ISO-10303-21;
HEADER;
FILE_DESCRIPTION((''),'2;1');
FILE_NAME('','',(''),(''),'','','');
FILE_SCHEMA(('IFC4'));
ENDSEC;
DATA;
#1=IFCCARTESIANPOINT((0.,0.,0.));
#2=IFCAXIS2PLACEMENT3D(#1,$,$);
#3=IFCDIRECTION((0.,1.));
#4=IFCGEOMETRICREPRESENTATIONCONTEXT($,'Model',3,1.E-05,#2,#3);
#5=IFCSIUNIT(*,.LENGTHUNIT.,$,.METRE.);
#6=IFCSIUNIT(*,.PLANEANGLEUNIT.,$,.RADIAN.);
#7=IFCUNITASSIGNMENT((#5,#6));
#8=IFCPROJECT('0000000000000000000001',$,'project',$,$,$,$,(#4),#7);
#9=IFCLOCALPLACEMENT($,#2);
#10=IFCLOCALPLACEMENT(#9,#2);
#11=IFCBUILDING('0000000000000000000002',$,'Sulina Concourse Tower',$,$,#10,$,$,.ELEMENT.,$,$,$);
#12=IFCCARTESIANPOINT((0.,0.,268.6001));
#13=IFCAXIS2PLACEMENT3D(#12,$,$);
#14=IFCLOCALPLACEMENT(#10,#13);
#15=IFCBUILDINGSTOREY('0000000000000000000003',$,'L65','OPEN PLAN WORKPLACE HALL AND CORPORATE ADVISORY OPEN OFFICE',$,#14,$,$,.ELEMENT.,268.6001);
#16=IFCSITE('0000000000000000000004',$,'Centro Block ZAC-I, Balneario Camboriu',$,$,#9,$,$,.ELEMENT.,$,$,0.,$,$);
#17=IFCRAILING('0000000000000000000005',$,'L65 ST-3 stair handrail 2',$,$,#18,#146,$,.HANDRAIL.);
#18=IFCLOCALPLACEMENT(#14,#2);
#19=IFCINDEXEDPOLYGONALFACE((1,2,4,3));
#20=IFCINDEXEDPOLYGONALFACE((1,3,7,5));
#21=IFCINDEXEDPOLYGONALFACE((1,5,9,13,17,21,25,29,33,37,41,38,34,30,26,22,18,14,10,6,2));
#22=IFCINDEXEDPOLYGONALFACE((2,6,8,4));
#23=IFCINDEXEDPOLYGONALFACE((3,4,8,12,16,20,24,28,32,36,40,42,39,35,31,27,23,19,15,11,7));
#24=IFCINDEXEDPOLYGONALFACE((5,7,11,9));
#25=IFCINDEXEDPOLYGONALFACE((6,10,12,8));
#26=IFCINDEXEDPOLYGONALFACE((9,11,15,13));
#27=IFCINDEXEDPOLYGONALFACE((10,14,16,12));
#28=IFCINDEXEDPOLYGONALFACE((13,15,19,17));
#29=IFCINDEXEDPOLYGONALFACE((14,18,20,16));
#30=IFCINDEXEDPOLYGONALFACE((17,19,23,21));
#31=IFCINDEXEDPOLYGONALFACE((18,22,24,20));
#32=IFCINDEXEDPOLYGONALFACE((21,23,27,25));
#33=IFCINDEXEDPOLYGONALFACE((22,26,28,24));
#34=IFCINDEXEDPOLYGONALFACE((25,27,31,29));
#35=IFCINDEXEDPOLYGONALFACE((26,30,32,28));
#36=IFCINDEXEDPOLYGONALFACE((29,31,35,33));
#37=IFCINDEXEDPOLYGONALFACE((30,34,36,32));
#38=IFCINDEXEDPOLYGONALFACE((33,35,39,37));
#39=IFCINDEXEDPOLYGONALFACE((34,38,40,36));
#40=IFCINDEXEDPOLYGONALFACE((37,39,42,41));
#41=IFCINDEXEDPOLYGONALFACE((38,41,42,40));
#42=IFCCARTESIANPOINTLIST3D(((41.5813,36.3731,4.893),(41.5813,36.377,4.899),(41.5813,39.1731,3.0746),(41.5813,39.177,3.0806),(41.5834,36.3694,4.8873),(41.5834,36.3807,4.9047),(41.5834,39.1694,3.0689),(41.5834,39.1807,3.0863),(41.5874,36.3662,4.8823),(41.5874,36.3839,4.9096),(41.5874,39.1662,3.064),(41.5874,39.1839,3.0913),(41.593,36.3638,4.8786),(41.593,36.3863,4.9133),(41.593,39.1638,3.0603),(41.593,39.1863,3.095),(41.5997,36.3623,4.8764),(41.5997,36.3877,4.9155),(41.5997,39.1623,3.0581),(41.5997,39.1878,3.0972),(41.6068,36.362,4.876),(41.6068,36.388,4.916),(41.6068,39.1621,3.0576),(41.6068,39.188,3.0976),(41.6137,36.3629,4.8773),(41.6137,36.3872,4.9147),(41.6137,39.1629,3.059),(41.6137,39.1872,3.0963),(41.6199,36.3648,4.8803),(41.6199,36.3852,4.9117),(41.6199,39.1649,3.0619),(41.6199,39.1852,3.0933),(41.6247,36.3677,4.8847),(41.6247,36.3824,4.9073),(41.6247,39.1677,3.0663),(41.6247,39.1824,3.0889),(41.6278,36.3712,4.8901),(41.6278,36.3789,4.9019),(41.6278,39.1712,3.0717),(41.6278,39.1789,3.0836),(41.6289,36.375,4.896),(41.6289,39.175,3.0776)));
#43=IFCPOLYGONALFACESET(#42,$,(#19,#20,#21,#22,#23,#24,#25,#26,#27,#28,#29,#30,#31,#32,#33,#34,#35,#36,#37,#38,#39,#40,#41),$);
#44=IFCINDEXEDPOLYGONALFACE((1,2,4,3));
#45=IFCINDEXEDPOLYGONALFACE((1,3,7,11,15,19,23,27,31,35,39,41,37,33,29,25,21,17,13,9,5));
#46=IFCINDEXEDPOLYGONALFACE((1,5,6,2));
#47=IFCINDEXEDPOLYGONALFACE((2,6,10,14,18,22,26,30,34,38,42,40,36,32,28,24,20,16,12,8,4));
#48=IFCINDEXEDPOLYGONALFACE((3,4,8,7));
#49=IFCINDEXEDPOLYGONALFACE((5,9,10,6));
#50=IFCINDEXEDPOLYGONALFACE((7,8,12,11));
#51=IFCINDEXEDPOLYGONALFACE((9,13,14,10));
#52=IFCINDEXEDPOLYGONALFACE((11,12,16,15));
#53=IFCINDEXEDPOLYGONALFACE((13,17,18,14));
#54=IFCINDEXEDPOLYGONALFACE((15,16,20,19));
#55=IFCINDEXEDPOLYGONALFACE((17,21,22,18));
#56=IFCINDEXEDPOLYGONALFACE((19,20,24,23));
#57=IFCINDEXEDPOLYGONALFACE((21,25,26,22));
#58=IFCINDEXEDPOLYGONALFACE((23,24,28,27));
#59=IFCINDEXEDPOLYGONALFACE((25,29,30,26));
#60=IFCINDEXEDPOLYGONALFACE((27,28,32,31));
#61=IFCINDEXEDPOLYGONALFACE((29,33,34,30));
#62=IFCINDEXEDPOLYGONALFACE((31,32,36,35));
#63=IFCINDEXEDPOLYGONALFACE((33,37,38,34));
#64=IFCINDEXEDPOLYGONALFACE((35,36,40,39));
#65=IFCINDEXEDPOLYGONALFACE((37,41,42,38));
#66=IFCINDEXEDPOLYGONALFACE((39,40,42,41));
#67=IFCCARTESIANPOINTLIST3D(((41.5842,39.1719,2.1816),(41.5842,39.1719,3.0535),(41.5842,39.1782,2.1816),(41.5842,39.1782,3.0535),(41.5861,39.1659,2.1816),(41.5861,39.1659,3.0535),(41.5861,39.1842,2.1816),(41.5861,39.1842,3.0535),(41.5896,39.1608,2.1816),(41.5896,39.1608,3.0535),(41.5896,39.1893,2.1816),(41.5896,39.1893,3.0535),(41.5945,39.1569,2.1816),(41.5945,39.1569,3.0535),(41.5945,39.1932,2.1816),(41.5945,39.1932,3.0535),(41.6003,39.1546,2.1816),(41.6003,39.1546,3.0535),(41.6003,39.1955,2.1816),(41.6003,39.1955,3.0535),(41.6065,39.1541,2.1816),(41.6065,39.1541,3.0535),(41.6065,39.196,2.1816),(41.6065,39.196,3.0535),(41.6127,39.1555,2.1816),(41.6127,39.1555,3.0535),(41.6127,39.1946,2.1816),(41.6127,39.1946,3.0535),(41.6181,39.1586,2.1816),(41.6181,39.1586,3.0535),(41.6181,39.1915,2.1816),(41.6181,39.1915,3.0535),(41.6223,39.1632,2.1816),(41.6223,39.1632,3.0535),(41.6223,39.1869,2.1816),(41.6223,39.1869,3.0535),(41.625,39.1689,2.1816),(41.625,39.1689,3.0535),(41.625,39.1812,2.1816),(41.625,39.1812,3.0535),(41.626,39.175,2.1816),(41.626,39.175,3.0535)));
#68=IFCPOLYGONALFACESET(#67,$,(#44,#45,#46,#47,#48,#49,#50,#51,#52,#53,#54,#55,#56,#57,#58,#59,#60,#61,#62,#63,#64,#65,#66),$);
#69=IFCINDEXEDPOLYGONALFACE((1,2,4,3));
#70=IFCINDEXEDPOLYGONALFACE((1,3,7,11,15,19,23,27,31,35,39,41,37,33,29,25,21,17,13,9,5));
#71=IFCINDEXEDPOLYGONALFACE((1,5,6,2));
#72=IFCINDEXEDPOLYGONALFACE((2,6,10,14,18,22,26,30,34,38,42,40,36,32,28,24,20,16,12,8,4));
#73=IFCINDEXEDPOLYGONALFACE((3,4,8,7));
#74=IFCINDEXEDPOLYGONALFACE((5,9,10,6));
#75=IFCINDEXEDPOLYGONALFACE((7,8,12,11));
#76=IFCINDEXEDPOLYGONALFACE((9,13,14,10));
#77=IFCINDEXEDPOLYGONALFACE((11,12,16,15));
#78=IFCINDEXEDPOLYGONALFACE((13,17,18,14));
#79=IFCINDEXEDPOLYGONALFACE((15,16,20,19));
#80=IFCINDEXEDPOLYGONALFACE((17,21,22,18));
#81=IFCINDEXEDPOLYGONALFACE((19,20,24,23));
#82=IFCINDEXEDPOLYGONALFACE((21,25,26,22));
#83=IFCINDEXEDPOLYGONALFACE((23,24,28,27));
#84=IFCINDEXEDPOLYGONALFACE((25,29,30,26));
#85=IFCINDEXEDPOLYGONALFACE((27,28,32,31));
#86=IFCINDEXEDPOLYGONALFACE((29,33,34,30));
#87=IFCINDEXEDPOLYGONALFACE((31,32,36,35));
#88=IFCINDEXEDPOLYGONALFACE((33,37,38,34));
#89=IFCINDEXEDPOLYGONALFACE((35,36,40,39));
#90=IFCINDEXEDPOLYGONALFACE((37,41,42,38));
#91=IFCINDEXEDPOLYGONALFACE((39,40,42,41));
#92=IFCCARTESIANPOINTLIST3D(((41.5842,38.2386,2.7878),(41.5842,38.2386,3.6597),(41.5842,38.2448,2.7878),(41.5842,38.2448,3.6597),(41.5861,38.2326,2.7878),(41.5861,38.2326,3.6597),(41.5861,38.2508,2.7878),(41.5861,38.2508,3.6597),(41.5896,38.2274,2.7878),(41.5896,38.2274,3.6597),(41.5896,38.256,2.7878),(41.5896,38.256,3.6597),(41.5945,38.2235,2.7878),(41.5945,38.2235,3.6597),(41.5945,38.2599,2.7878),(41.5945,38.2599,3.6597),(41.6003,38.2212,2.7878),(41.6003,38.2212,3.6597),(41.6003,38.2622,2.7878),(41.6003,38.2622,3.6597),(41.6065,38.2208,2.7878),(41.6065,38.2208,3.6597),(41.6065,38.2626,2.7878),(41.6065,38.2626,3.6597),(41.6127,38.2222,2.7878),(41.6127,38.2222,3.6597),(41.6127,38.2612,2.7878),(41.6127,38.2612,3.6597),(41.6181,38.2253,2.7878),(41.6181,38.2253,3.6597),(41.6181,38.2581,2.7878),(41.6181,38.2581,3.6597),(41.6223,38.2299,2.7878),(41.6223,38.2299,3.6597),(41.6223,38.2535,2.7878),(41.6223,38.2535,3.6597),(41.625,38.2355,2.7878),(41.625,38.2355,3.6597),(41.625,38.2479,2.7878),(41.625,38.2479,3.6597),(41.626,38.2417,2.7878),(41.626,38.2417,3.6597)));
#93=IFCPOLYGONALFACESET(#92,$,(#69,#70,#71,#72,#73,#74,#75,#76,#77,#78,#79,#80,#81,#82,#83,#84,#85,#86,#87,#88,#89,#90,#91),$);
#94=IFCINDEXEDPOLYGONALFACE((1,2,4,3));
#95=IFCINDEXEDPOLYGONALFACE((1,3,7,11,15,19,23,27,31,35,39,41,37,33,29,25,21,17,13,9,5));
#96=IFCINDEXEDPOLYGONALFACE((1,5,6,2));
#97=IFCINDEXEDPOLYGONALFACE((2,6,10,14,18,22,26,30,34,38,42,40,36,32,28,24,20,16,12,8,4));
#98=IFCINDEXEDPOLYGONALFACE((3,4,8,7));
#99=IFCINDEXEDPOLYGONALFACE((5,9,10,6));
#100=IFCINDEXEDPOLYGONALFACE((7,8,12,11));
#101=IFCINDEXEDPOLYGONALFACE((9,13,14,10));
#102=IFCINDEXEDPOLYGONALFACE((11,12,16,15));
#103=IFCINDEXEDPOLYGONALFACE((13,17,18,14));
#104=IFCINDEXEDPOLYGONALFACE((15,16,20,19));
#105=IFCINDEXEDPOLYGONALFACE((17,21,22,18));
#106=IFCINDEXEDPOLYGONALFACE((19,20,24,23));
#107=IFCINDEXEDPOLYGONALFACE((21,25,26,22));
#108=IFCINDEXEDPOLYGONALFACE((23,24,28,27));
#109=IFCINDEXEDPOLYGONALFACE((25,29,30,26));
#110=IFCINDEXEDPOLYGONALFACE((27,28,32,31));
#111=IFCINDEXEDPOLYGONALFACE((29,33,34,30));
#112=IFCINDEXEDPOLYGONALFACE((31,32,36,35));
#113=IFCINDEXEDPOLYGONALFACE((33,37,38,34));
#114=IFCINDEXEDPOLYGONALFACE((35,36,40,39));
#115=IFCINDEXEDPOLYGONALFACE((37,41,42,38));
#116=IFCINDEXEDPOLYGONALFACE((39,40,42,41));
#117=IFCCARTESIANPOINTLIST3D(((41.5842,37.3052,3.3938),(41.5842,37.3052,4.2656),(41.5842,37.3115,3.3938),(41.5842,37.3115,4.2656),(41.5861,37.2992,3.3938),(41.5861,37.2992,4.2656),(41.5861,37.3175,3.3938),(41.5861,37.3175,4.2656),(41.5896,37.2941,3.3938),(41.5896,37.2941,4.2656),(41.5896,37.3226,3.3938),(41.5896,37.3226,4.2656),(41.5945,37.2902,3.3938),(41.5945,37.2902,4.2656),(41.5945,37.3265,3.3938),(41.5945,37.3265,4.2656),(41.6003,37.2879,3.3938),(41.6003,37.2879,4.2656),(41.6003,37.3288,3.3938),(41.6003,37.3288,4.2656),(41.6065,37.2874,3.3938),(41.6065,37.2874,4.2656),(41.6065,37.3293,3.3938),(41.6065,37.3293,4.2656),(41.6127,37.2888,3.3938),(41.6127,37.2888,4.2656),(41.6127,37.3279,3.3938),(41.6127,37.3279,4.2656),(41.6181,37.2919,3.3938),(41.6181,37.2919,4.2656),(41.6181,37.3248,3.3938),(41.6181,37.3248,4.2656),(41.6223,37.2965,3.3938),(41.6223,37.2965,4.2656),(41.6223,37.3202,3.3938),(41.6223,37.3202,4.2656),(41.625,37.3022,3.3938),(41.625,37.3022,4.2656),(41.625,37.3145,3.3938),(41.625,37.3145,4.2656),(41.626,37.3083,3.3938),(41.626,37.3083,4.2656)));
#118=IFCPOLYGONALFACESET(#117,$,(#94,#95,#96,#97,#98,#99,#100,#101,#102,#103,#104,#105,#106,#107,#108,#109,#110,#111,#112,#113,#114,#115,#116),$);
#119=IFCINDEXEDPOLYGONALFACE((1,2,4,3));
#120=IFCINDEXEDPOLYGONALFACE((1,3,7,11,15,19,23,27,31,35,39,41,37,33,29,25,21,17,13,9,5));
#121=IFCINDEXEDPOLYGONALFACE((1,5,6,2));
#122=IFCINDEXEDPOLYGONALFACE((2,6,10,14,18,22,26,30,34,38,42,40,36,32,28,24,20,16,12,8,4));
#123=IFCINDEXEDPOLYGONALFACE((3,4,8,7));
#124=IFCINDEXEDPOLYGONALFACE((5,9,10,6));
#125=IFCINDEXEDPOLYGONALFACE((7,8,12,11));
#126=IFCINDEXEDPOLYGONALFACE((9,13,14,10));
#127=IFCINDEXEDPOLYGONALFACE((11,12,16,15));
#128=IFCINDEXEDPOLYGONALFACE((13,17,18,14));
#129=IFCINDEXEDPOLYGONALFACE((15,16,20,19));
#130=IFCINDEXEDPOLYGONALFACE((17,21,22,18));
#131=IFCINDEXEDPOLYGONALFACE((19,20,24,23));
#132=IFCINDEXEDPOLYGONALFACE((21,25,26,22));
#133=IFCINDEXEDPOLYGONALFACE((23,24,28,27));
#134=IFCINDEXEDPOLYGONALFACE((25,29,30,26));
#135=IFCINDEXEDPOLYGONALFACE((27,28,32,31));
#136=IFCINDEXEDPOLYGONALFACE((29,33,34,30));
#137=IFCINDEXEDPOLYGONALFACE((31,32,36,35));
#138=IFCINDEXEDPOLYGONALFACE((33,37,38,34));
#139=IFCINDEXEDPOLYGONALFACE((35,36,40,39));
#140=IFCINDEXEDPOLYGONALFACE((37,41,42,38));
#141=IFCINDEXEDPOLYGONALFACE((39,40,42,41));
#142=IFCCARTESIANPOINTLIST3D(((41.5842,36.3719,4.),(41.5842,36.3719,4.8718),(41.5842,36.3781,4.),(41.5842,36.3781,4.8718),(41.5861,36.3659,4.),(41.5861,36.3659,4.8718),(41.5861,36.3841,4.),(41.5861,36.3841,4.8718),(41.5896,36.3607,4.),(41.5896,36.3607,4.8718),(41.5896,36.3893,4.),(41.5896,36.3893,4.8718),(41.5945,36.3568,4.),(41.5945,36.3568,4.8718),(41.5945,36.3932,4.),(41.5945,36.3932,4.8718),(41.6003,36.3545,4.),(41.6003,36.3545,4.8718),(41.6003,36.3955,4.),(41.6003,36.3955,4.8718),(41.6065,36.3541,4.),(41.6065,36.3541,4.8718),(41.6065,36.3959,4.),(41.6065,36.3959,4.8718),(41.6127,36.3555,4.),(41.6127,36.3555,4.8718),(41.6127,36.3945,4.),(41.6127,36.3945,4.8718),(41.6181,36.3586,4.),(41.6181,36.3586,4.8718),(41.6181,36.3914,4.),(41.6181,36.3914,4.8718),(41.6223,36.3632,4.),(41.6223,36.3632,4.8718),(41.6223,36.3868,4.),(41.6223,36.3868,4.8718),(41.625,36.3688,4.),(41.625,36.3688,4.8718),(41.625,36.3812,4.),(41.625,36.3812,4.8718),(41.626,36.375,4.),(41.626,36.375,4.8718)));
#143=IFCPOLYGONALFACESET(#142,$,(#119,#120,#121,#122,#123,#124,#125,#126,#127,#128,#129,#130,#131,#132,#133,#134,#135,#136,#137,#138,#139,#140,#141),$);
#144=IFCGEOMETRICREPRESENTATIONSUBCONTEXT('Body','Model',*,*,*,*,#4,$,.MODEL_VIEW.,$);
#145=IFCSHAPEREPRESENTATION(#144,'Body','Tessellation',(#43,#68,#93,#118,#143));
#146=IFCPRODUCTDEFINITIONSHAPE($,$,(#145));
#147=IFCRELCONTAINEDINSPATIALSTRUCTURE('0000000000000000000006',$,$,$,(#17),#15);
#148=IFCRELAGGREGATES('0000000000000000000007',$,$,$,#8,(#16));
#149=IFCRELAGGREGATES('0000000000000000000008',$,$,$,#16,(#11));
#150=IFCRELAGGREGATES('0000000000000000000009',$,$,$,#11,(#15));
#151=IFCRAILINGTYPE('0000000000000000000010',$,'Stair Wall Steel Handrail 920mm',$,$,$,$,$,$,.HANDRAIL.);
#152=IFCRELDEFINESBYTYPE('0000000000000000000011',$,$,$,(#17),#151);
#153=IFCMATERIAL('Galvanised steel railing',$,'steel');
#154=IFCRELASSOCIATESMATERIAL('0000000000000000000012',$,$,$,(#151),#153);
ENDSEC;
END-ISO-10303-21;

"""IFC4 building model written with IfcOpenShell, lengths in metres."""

from ifc_helpers import new_model, si_unit, direction, frame, origin, origin_2d, place, context, subcontext, project, spatial, circle, extrude, material, type_object, element, save


model = new_model("IFC4")

# Units and contexts
model_context = context("Model", 3, precision=1e-05, world=origin(), true_north=direction((0.0, 1.0)))
body_context = subcontext(model_context, "Body", "Model", "MODEL_VIEW")
ifc_project = project(units=[si_unit("LENGTHUNIT", "METRE"), si_unit("PLANEANGLEUNIT", "RADIAN")], contexts=[model_context])

# Site, building, storey
site_placement = place(None, origin())
site = spatial("IfcSite", under=ifc_project, at=site_placement, Name="Centro Block ZAC-I, Balneario Camboriu", CompositionType="ELEMENT", RefElevation=0.0)
building_placement = place(site_placement, origin())
building = spatial("IfcBuilding", under=site, at=building_placement, Name="Sulina Concourse Tower", CompositionType="ELEMENT")
storey_placement = place(building_placement, frame((0.0, 0.0, 268.6001)))
storey = spatial("IfcBuildingStorey", under=building, at=storey_placement, Name="L65", Description="OPEN PLAN WORKPLACE HALL AND CORPORATE ADVISORY OPEN OFFICE", CompositionType="ELEMENT", Elevation=268.6001)

# Railing
ifc_material_1 = material(Name="Galvanised steel railing", Category="steel")
railing_type_1 = type_object("IfcRailingType", Name="Stair Wall Steel Handrail 920mm", PredefinedType="HANDRAIL", material=ifc_material_1)
railing_1_placement = place(storey_placement, frame((41.605, 39.175, 2.1816)))
element("IfcRailing", 1, at=railing_1_placement, inside=storey, type_object=railing_type_1, Name="L65 ST-3 stair handrail 2", PredefinedType="HANDRAIL", context=body_context, shape_type="SweptSolid", body=[
    extrude(circle(Radius=0.0239, at=origin_2d()), frame((0.0, 0.0, 0.896), z_axis=(0.0, -0.838672, 0.544636), x_axis=(1.0, 0.0, 0.0)), (0.0, 0.0, 1.0), 3.3386),
    extrude(circle(Radius=0.021, at=origin_2d()), origin(), (0.0, 0.0, 1.0), 0.8718),
    extrude(circle(Radius=0.021, at=origin_2d()), frame((0.0, -0.9333, 0.6062)), (0.0, 0.0, 1.0), 0.8718),
    extrude(circle(Radius=0.021, at=origin_2d()), frame((0.0, -1.8667, 1.2122)), (0.0, 0.0, 1.0), 0.8718),
    extrude(circle(Radius=0.021, at=origin_2d()), frame((0.0, -2.8, 1.8184)), (0.0, 0.0, 1.0), 0.8718),
])

save(model, "model.ifc")
